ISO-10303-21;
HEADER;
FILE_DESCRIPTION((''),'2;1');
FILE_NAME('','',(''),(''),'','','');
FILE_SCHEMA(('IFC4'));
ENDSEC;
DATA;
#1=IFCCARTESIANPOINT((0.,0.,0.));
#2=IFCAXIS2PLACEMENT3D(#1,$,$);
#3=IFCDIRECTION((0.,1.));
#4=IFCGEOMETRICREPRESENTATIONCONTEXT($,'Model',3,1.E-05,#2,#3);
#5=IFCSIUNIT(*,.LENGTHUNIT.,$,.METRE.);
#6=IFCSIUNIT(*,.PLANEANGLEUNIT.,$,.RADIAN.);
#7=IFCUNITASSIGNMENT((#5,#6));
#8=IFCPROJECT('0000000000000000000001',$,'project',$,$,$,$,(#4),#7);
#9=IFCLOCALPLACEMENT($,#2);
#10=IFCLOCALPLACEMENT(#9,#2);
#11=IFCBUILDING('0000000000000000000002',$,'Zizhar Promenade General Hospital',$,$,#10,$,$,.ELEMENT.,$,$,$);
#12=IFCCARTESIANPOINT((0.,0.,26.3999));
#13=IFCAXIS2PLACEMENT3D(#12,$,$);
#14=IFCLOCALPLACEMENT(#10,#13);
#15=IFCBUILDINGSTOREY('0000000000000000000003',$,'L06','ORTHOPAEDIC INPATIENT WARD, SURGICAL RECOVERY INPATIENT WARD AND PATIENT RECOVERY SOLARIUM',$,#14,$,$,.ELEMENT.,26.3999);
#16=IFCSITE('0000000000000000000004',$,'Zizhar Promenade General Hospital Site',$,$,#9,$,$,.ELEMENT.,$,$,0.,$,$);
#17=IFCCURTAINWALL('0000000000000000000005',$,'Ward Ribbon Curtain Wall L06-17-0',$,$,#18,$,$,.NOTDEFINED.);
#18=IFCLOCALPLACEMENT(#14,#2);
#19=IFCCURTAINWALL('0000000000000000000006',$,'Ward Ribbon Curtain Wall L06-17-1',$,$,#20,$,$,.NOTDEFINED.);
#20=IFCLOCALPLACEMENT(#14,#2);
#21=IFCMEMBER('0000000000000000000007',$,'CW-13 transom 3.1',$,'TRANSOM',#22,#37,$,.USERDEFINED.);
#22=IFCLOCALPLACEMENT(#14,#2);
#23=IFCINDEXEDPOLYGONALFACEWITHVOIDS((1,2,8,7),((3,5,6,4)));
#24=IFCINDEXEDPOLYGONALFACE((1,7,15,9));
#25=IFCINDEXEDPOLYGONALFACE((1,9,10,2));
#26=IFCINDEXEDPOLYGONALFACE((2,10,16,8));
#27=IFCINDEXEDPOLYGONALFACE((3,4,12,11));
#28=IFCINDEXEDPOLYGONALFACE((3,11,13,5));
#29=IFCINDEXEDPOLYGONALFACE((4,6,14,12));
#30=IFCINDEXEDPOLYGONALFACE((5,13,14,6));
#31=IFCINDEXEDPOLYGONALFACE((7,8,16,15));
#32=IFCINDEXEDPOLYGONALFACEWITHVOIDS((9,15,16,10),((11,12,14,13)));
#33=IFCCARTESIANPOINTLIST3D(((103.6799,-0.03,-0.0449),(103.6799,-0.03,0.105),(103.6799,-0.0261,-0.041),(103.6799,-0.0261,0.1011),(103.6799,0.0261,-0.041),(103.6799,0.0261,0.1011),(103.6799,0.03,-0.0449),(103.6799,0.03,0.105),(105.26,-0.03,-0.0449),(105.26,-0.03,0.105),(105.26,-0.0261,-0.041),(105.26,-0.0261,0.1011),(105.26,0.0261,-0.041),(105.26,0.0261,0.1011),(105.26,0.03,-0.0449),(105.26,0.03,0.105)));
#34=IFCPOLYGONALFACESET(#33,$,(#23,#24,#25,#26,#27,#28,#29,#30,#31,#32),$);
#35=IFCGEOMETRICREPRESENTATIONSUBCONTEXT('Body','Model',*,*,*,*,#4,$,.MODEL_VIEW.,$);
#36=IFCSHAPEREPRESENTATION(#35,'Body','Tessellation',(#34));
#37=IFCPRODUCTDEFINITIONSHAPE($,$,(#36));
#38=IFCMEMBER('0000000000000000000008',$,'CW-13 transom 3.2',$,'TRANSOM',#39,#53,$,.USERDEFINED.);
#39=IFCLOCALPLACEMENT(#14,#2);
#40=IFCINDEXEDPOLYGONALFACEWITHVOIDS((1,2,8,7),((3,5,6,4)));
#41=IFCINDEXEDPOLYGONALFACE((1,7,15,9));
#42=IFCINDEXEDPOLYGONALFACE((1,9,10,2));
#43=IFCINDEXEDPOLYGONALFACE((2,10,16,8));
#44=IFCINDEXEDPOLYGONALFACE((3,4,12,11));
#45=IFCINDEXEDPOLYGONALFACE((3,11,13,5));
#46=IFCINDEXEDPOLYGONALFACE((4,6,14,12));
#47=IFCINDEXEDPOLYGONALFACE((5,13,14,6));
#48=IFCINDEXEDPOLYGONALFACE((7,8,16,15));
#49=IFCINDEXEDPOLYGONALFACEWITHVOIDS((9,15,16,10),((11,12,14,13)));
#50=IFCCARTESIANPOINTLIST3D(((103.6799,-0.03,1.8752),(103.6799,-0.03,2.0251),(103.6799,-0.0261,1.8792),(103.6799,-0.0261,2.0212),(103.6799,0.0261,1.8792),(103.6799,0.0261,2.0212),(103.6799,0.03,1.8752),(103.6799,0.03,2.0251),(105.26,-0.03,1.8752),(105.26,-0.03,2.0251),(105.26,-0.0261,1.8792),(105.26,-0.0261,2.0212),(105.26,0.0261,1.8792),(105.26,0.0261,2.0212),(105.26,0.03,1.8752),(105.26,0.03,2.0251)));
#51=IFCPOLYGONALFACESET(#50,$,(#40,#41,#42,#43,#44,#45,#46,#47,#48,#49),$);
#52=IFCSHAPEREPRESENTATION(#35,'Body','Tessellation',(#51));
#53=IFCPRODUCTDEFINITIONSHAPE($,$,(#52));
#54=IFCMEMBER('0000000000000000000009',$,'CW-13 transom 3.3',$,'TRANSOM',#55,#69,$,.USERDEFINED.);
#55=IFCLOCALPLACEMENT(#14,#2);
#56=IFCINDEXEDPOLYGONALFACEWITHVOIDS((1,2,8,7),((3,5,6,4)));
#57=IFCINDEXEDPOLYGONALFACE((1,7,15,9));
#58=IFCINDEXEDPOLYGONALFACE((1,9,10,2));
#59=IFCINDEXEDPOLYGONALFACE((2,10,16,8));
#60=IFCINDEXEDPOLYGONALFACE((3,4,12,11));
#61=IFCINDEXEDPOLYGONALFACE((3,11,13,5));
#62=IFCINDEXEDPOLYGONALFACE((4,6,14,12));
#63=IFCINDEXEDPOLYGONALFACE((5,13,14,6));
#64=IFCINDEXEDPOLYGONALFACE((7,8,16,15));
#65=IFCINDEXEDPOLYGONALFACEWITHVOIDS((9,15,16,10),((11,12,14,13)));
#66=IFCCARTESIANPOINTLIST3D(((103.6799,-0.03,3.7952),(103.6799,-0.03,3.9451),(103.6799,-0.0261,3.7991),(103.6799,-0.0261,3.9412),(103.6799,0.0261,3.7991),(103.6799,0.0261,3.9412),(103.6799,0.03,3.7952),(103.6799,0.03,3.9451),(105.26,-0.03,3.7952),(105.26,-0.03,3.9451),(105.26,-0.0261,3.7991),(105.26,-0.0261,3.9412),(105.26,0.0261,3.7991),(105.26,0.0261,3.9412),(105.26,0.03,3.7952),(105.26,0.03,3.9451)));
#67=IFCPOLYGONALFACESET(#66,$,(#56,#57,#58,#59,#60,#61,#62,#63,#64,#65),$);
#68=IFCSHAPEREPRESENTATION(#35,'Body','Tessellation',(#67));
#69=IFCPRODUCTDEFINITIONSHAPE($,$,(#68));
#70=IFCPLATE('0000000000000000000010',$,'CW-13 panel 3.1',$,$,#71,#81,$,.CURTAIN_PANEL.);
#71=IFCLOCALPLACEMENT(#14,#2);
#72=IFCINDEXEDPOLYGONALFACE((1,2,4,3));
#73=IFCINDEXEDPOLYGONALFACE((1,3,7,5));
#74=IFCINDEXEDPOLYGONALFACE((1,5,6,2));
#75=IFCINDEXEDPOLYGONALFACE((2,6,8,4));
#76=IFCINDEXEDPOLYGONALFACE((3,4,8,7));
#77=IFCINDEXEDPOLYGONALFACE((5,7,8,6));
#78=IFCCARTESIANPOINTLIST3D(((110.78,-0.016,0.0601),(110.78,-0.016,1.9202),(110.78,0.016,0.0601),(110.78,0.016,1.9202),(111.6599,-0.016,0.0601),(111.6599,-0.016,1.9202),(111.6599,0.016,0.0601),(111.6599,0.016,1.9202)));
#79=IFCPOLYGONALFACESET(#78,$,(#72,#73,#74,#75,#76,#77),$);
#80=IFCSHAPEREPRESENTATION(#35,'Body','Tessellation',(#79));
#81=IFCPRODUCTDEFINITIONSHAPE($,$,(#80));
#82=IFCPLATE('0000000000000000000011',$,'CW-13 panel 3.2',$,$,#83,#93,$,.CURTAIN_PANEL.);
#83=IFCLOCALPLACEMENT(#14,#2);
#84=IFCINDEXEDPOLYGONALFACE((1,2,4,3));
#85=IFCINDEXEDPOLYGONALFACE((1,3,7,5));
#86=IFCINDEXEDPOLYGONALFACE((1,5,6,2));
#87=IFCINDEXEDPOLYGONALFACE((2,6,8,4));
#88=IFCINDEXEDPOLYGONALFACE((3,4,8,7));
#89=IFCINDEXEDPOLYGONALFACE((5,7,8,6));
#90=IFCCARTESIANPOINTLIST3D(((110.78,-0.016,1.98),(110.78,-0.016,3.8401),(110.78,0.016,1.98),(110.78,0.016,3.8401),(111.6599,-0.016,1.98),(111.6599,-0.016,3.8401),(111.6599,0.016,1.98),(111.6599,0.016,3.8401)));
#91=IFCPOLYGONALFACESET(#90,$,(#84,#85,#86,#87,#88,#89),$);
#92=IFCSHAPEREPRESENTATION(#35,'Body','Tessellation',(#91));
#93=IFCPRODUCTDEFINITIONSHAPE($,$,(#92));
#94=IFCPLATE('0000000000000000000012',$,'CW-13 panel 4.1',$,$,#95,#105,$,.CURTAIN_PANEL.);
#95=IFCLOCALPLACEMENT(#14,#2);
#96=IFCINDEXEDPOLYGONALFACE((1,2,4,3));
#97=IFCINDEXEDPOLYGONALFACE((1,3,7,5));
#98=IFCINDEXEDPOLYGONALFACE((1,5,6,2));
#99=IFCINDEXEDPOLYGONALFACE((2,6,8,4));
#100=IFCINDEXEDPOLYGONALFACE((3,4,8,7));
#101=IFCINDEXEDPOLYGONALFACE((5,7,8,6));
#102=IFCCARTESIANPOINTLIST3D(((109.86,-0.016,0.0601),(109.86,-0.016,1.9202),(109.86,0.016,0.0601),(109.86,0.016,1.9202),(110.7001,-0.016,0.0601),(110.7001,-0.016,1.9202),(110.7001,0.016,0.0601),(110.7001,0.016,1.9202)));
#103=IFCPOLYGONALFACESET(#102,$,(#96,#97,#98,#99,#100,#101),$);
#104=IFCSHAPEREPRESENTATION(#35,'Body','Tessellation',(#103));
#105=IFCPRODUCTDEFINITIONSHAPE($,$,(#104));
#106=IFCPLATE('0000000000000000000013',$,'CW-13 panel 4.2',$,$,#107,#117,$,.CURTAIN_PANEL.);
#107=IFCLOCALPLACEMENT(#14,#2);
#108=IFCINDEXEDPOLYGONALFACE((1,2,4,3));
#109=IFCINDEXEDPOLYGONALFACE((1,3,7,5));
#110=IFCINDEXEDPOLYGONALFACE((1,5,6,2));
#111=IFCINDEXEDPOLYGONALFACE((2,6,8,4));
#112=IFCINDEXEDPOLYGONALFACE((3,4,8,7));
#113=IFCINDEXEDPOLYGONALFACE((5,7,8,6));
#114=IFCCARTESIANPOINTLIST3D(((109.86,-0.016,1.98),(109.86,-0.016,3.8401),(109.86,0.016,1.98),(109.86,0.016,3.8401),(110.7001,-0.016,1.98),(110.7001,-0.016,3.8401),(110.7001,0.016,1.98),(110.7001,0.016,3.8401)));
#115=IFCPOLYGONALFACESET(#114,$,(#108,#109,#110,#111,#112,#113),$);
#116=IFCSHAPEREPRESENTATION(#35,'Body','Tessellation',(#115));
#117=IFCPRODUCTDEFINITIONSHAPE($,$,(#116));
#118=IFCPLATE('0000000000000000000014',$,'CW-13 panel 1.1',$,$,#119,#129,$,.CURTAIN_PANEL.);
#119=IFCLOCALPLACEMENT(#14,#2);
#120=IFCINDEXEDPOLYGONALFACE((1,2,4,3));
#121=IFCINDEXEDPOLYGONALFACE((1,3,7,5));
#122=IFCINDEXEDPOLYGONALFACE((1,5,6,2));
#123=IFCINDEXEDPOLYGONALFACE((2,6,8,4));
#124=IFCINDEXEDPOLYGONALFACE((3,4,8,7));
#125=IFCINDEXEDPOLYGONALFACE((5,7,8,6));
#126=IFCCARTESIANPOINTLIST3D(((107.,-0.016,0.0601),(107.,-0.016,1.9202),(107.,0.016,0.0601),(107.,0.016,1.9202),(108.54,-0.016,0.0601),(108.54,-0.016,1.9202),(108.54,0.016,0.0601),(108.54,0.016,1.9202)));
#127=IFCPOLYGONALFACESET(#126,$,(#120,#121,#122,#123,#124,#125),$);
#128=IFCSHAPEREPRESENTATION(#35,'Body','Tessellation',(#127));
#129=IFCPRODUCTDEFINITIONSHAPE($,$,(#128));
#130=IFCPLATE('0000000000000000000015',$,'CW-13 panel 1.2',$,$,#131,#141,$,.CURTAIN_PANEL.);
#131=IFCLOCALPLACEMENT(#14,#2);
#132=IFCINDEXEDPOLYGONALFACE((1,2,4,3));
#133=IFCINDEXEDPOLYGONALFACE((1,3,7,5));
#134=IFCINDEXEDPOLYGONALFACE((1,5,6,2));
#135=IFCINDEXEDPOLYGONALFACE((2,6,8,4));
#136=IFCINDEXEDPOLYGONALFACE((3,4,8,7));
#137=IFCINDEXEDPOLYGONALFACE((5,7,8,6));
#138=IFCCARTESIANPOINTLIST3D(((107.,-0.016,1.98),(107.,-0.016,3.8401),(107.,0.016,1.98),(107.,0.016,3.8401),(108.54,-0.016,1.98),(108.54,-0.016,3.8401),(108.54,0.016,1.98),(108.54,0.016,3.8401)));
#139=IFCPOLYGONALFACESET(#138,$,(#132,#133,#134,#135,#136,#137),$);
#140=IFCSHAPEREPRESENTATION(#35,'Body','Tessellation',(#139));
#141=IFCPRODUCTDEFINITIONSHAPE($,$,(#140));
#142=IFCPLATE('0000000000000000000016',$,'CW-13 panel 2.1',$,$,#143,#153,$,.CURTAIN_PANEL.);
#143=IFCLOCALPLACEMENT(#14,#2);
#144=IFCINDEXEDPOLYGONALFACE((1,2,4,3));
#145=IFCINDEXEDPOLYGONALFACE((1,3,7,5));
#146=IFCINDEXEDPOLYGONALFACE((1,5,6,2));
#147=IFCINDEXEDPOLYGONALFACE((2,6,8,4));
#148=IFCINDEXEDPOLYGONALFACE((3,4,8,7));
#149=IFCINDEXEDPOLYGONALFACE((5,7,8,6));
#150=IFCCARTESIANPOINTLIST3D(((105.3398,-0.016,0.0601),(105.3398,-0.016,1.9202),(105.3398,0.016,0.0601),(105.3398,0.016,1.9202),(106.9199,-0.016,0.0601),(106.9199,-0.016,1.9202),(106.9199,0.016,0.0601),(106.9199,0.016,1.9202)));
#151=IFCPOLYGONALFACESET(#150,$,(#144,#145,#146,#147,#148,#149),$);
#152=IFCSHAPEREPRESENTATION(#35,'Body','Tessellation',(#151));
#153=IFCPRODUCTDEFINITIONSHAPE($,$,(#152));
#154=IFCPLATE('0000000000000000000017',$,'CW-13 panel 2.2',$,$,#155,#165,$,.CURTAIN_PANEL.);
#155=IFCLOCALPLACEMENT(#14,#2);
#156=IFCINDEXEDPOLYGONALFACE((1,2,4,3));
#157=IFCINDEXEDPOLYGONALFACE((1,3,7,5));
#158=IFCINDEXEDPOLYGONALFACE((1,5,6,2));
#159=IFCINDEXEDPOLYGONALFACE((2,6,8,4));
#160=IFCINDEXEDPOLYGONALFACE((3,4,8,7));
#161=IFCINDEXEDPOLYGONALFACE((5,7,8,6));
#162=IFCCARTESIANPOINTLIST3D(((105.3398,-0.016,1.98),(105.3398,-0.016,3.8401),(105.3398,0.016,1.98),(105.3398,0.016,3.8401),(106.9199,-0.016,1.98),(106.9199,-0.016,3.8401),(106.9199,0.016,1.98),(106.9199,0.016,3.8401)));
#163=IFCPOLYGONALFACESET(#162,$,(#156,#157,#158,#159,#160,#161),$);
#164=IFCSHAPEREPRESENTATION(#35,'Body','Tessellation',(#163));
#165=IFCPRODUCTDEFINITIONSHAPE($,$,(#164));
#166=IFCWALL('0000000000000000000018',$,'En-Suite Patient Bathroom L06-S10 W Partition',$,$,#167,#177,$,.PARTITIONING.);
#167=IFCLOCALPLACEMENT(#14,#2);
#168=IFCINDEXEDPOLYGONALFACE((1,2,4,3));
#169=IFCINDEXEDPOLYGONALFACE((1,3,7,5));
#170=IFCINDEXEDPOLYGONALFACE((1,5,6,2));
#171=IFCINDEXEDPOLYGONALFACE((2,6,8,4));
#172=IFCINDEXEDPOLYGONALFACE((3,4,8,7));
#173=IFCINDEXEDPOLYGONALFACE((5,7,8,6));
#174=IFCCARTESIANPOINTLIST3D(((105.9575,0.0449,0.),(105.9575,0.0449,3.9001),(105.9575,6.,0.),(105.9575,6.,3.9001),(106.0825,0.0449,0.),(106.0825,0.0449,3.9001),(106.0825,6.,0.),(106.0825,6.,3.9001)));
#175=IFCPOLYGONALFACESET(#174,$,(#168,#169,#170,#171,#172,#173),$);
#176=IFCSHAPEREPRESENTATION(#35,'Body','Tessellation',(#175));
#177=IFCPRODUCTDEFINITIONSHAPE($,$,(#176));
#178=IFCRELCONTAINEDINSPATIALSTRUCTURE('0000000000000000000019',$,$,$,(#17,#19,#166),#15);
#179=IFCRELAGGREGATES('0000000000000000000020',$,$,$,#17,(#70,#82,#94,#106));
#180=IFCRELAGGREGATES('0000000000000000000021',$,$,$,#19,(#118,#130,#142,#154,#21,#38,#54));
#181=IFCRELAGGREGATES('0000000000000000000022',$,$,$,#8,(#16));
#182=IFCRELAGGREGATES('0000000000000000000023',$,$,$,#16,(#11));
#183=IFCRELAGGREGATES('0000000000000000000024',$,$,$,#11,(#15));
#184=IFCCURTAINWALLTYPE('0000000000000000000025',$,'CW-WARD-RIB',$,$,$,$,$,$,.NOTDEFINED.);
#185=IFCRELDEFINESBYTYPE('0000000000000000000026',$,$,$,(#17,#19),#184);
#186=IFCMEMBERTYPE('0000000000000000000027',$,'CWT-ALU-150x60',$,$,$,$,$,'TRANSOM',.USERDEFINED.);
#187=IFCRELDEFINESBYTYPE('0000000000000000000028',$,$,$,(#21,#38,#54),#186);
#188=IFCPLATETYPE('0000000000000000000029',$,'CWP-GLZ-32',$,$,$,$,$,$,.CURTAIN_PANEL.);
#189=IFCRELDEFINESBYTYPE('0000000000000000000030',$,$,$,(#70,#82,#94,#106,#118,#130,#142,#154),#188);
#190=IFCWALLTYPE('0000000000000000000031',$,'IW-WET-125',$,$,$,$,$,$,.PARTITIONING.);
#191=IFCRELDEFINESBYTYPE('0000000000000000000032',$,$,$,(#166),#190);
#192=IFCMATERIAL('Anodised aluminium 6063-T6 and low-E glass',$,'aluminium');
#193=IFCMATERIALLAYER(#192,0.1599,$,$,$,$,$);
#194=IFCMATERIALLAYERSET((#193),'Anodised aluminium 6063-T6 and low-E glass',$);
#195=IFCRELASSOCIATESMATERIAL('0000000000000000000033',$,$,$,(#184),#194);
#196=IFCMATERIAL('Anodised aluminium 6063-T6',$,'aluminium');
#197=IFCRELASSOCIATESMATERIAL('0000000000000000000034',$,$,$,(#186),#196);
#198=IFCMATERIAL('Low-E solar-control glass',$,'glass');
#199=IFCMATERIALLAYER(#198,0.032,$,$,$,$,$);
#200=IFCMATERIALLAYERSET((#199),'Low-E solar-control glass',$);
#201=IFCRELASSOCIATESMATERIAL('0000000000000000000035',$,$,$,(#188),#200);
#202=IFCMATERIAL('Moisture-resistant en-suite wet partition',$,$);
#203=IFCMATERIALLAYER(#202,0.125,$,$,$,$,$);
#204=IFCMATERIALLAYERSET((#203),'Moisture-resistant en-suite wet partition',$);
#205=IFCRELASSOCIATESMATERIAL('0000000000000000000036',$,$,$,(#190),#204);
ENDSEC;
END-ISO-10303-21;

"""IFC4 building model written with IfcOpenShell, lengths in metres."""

from ifc_helpers import new_model, si_unit, direction, frame, frame_2d, origin, origin_2d, place, context, subcontext, project, spatial, rectangle, hollow_rectangle, extrude, material, layer, layer_set, material_profile, profile_set, type_object, element, aggregate, save


model = new_model("IFC4")

# Units and contexts
model_context = context("Model", 3, precision=1e-05, world=origin(), true_north=direction((0.0, 1.0)))
body_context = subcontext(model_context, "Body", "Model", "MODEL_VIEW")
ifc_project = project(units=[si_unit("LENGTHUNIT", "METRE"), si_unit("PLANEANGLEUNIT", "RADIAN")], contexts=[model_context])

# Site, building, storey
site_placement = place(None, origin())
site = spatial("IfcSite", under=ifc_project, at=site_placement, Name="Zizhar Promenade General Hospital Site", CompositionType="ELEMENT", RefElevation=0.0)
building_placement = place(site_placement, origin())
building = spatial("IfcBuilding", under=site, at=building_placement, Name="Zizhar Promenade General Hospital", CompositionType="ELEMENT")
storey_placement = place(building_placement, frame((0.0, 0.0, 26.3999)))
storey = spatial("IfcBuildingStorey", under=building, at=storey_placement, Name="L06", Description="ORTHOPAEDIC INPATIENT WARD, SURGICAL RECOVERY INPATIENT WARD AND PATIENT RECOVERY SOLARIUM", CompositionType="ELEMENT", Elevation=26.3999)

# Curtain walls
ifc_material_1 = material(Name="Anodised aluminium 6063-T6 and low-E glass", Category="aluminium")
ifc_layer_1 = layer(ifc_material_1, 0.1599)
ifc_layer_set_1 = layer_set([ifc_layer_1], Name="Anodised aluminium 6063-T6 and low-E glass")
curtain_wall_type = type_object("IfcCurtainWallType", Name="CW-WARD-RIB", PredefinedType="NOTDEFINED", material=ifc_layer_set_1)
curtain_wall_1_placement = place(storey_placement, origin())
curtain_wall_1 = element("IfcCurtainWall", 1, at=curtain_wall_1_placement, inside=storey, type_object=curtain_wall_type, Name="Ward Ribbon Curtain Wall L06-17-0", PredefinedType="NOTDEFINED")
curtain_wall_2_placement = place(storey_placement, origin())
curtain_wall_2 = element("IfcCurtainWall", 2, at=curtain_wall_2_placement, inside=storey, type_object=curtain_wall_type, Name="Ward Ribbon Curtain Wall L06-17-1", PredefinedType="NOTDEFINED")

# Members
ifc_material_2 = material(Name="Anodised aluminium 6063-T6", Category="aluminium")
ifc_material_profile_1 = material_profile(ifc_material_2, hollow_rectangle(XDim=0.0601, YDim=0.1499, WallThickness=0.0039, at=origin_2d()))
ifc_profile_set_1 = profile_set([ifc_material_profile_1], Name="Anodised aluminium 6063-T6")
member_type_1 = type_object("IfcMemberType", Name="CWT-ALU-150x60", ElementType="TRANSOM", PredefinedType="USERDEFINED", material=ifc_profile_set_1)
member_1_placement = place(storey_placement, frame((105.26, 0.0, 0.03), z_axis=(-1.0, 0.0, 0.0), x_axis=(0.0, -1.0, 0.0)))
member_1 = element("IfcMember", 3, at=member_1_placement, type_object=member_type_1, Name="CW-13 transom 3.1", ObjectType="TRANSOM", PredefinedType="USERDEFINED", context=body_context, shape_type="SweptSolid", body=[
    extrude(hollow_rectangle(XDim=0.0601, YDim=0.1499, WallThickness=0.0039, at=origin_2d()), origin(), (0.0, 0.0, 1.0), 1.5801),
])
member_2_placement = place(storey_placement, frame((105.26, 0.0, 1.9502), z_axis=(-1.0, 0.0, 0.0), x_axis=(0.0, -1.0, 0.0)))
member_2 = element("IfcMember", 4, at=member_2_placement, type_object=member_type_1, Name="CW-13 transom 3.2", ObjectType="TRANSOM", PredefinedType="USERDEFINED", context=body_context, shape_type="SweptSolid", body=[
    extrude(hollow_rectangle(XDim=0.0601, YDim=0.1499, WallThickness=0.0039, at=origin_2d()), origin(), (0.0, 0.0, 1.0), 1.5801),
])
member_3_placement = place(storey_placement, frame((105.26, 0.0, 3.8701), z_axis=(-1.0, 0.0, 0.0), x_axis=(0.0, -1.0, 0.0)))
member_3 = element("IfcMember", 5, at=member_3_placement, type_object=member_type_1, Name="CW-13 transom 3.3", ObjectType="TRANSOM", PredefinedType="USERDEFINED", context=body_context, shape_type="SweptSolid", body=[
    extrude(hollow_rectangle(XDim=0.0601, YDim=0.1499, WallThickness=0.0039, at=origin_2d()), origin(), (0.0, 0.0, 1.0), 1.5801),
])

# Plates
ifc_material_3 = material(Name="Low-E solar-control glass", Category="glass")
ifc_layer_2 = layer(ifc_material_3, 0.032)
ifc_layer_set_2 = layer_set([ifc_layer_2], Name="Low-E solar-control glass")
plate_type = type_object("IfcPlateType", Name="CWP-GLZ-32", PredefinedType="CURTAIN_PANEL", material=ifc_layer_set_2)
plate_1_placement = place(storey_placement, frame((111.22, 0.0, 0.0601), z_axis=(0.0, 0.0, 1.0), x_axis=(-1.0, 0.0, 0.0)))
plate_1 = element("IfcPlate", 6, at=plate_1_placement, type_object=plate_type, Name="CW-13 panel 3.1", PredefinedType="CURTAIN_PANEL", context=body_context, shape_type="SweptSolid", body=[
    extrude(rectangle(XDim=0.8799, YDim=0.032, at=origin_2d()), origin(), (0.0, 0.0, 1.0), 1.8601),
])
plate_2_placement = place(storey_placement, frame((111.22, 0.0, 1.98), z_axis=(0.0, 0.0, 1.0), x_axis=(-1.0, 0.0, 0.0)))
plate_2 = element("IfcPlate", 7, at=plate_2_placement, type_object=plate_type, Name="CW-13 panel 3.2", PredefinedType="CURTAIN_PANEL", context=body_context, shape_type="SweptSolid", body=[
    extrude(rectangle(XDim=0.8799, YDim=0.032, at=origin_2d()), origin(), (0.0, 0.0, 1.0), 1.8601),
])
plate_3_placement = place(storey_placement, frame((110.28, 0.0, 0.0601), z_axis=(0.0, 0.0, 1.0), x_axis=(-1.0, 0.0, 0.0)))
plate_3 = element("IfcPlate", 8, at=plate_3_placement, type_object=plate_type, Name="CW-13 panel 4.1", PredefinedType="CURTAIN_PANEL", context=body_context, shape_type="SweptSolid", body=[
    extrude(rectangle(XDim=0.8401, YDim=0.032, at=origin_2d()), origin(), (0.0, 0.0, 1.0), 1.8601),
])
plate_4_placement = place(storey_placement, frame((110.28, 0.0, 1.98), z_axis=(0.0, 0.0, 1.0), x_axis=(-1.0, 0.0, 0.0)))
plate_4 = element("IfcPlate", 9, at=plate_4_placement, type_object=plate_type, Name="CW-13 panel 4.2", PredefinedType="CURTAIN_PANEL", context=body_context, shape_type="SweptSolid", body=[
    extrude(rectangle(XDim=0.8401, YDim=0.032, at=origin_2d()), origin(), (0.0, 0.0, 1.0), 1.8601),
])
aggregate(curtain_wall_1, [plate_1, plate_2, plate_3, plate_4])
plate_5_placement = place(storey_placement, frame((107.77, 0.0, 0.0601), z_axis=(0.0, 0.0, 1.0), x_axis=(-1.0, 0.0, 0.0)))
plate_5 = element("IfcPlate", 10, at=plate_5_placement, type_object=plate_type, Name="CW-13 panel 1.1", PredefinedType="CURTAIN_PANEL", context=body_context, shape_type="SweptSolid", body=[
    extrude(rectangle(XDim=1.54, YDim=0.032, at=origin_2d()), origin(), (0.0, 0.0, 1.0), 1.8601),
])
plate_6_placement = place(storey_placement, frame((107.77, 0.0, 1.98), z_axis=(0.0, 0.0, 1.0), x_axis=(-1.0, 0.0, 0.0)))
plate_6 = element("IfcPlate", 11, at=plate_6_placement, type_object=plate_type, Name="CW-13 panel 1.2", PredefinedType="CURTAIN_PANEL", context=body_context, shape_type="SweptSolid", body=[
    extrude(rectangle(XDim=1.54, YDim=0.032, at=origin_2d()), origin(), (0.0, 0.0, 1.0), 1.8601),
])
plate_7_placement = place(storey_placement, frame((106.1299, 0.0, 0.0601), z_axis=(0.0, 0.0, 1.0), x_axis=(-1.0, 0.0, 0.0)))
plate_7 = element("IfcPlate", 12, at=plate_7_placement, type_object=plate_type, Name="CW-13 panel 2.1", PredefinedType="CURTAIN_PANEL", context=body_context, shape_type="SweptSolid", body=[
    extrude(rectangle(XDim=1.5801, YDim=0.032, at=origin_2d()), origin(), (0.0, 0.0, 1.0), 1.8601),
])
plate_8_placement = place(storey_placement, frame((106.1299, 0.0, 1.98), z_axis=(0.0, 0.0, 1.0), x_axis=(-1.0, 0.0, 0.0)))
plate_8 = element("IfcPlate", 13, at=plate_8_placement, type_object=plate_type, Name="CW-13 panel 2.2", PredefinedType="CURTAIN_PANEL", context=body_context, shape_type="SweptSolid", body=[
    extrude(rectangle(XDim=1.5801, YDim=0.032, at=origin_2d()), origin(), (0.0, 0.0, 1.0), 1.8601),
])
aggregate(curtain_wall_2, [plate_5, plate_6, plate_7, plate_8, member_1, member_2, member_3])

# Wall
ifc_material_4 = material(Name="Moisture-resistant en-suite wet partition")
ifc_layer_3 = layer(ifc_material_4, 0.125)
ifc_layer_set_3 = layer_set([ifc_layer_3], Name="Moisture-resistant en-suite wet partition")
wall_type = type_object("IfcWallType", Name="IW-WET-125", PredefinedType="PARTITIONING", material=ifc_layer_set_3)
wall_1_placement = place(storey_placement, frame((106.02, 0.0449, 0.0), z_axis=(0.0, 0.0, 1.0), x_axis=(0.0, 1.0, 0.0)))
element("IfcWall", 14, at=wall_1_placement, inside=storey, type_object=wall_type, Name="En-Suite Patient Bathroom L06-S10 W Partition", PredefinedType="PARTITIONING", context=body_context, shape_type="SweptSolid", body=[
    extrude(rectangle(XDim=5.9551, YDim=0.125, at=frame_2d((2.9775, 0.0))), origin(), (0.0, 0.0, 1.0), 3.9001),
])

save(model, "model.ifc")
